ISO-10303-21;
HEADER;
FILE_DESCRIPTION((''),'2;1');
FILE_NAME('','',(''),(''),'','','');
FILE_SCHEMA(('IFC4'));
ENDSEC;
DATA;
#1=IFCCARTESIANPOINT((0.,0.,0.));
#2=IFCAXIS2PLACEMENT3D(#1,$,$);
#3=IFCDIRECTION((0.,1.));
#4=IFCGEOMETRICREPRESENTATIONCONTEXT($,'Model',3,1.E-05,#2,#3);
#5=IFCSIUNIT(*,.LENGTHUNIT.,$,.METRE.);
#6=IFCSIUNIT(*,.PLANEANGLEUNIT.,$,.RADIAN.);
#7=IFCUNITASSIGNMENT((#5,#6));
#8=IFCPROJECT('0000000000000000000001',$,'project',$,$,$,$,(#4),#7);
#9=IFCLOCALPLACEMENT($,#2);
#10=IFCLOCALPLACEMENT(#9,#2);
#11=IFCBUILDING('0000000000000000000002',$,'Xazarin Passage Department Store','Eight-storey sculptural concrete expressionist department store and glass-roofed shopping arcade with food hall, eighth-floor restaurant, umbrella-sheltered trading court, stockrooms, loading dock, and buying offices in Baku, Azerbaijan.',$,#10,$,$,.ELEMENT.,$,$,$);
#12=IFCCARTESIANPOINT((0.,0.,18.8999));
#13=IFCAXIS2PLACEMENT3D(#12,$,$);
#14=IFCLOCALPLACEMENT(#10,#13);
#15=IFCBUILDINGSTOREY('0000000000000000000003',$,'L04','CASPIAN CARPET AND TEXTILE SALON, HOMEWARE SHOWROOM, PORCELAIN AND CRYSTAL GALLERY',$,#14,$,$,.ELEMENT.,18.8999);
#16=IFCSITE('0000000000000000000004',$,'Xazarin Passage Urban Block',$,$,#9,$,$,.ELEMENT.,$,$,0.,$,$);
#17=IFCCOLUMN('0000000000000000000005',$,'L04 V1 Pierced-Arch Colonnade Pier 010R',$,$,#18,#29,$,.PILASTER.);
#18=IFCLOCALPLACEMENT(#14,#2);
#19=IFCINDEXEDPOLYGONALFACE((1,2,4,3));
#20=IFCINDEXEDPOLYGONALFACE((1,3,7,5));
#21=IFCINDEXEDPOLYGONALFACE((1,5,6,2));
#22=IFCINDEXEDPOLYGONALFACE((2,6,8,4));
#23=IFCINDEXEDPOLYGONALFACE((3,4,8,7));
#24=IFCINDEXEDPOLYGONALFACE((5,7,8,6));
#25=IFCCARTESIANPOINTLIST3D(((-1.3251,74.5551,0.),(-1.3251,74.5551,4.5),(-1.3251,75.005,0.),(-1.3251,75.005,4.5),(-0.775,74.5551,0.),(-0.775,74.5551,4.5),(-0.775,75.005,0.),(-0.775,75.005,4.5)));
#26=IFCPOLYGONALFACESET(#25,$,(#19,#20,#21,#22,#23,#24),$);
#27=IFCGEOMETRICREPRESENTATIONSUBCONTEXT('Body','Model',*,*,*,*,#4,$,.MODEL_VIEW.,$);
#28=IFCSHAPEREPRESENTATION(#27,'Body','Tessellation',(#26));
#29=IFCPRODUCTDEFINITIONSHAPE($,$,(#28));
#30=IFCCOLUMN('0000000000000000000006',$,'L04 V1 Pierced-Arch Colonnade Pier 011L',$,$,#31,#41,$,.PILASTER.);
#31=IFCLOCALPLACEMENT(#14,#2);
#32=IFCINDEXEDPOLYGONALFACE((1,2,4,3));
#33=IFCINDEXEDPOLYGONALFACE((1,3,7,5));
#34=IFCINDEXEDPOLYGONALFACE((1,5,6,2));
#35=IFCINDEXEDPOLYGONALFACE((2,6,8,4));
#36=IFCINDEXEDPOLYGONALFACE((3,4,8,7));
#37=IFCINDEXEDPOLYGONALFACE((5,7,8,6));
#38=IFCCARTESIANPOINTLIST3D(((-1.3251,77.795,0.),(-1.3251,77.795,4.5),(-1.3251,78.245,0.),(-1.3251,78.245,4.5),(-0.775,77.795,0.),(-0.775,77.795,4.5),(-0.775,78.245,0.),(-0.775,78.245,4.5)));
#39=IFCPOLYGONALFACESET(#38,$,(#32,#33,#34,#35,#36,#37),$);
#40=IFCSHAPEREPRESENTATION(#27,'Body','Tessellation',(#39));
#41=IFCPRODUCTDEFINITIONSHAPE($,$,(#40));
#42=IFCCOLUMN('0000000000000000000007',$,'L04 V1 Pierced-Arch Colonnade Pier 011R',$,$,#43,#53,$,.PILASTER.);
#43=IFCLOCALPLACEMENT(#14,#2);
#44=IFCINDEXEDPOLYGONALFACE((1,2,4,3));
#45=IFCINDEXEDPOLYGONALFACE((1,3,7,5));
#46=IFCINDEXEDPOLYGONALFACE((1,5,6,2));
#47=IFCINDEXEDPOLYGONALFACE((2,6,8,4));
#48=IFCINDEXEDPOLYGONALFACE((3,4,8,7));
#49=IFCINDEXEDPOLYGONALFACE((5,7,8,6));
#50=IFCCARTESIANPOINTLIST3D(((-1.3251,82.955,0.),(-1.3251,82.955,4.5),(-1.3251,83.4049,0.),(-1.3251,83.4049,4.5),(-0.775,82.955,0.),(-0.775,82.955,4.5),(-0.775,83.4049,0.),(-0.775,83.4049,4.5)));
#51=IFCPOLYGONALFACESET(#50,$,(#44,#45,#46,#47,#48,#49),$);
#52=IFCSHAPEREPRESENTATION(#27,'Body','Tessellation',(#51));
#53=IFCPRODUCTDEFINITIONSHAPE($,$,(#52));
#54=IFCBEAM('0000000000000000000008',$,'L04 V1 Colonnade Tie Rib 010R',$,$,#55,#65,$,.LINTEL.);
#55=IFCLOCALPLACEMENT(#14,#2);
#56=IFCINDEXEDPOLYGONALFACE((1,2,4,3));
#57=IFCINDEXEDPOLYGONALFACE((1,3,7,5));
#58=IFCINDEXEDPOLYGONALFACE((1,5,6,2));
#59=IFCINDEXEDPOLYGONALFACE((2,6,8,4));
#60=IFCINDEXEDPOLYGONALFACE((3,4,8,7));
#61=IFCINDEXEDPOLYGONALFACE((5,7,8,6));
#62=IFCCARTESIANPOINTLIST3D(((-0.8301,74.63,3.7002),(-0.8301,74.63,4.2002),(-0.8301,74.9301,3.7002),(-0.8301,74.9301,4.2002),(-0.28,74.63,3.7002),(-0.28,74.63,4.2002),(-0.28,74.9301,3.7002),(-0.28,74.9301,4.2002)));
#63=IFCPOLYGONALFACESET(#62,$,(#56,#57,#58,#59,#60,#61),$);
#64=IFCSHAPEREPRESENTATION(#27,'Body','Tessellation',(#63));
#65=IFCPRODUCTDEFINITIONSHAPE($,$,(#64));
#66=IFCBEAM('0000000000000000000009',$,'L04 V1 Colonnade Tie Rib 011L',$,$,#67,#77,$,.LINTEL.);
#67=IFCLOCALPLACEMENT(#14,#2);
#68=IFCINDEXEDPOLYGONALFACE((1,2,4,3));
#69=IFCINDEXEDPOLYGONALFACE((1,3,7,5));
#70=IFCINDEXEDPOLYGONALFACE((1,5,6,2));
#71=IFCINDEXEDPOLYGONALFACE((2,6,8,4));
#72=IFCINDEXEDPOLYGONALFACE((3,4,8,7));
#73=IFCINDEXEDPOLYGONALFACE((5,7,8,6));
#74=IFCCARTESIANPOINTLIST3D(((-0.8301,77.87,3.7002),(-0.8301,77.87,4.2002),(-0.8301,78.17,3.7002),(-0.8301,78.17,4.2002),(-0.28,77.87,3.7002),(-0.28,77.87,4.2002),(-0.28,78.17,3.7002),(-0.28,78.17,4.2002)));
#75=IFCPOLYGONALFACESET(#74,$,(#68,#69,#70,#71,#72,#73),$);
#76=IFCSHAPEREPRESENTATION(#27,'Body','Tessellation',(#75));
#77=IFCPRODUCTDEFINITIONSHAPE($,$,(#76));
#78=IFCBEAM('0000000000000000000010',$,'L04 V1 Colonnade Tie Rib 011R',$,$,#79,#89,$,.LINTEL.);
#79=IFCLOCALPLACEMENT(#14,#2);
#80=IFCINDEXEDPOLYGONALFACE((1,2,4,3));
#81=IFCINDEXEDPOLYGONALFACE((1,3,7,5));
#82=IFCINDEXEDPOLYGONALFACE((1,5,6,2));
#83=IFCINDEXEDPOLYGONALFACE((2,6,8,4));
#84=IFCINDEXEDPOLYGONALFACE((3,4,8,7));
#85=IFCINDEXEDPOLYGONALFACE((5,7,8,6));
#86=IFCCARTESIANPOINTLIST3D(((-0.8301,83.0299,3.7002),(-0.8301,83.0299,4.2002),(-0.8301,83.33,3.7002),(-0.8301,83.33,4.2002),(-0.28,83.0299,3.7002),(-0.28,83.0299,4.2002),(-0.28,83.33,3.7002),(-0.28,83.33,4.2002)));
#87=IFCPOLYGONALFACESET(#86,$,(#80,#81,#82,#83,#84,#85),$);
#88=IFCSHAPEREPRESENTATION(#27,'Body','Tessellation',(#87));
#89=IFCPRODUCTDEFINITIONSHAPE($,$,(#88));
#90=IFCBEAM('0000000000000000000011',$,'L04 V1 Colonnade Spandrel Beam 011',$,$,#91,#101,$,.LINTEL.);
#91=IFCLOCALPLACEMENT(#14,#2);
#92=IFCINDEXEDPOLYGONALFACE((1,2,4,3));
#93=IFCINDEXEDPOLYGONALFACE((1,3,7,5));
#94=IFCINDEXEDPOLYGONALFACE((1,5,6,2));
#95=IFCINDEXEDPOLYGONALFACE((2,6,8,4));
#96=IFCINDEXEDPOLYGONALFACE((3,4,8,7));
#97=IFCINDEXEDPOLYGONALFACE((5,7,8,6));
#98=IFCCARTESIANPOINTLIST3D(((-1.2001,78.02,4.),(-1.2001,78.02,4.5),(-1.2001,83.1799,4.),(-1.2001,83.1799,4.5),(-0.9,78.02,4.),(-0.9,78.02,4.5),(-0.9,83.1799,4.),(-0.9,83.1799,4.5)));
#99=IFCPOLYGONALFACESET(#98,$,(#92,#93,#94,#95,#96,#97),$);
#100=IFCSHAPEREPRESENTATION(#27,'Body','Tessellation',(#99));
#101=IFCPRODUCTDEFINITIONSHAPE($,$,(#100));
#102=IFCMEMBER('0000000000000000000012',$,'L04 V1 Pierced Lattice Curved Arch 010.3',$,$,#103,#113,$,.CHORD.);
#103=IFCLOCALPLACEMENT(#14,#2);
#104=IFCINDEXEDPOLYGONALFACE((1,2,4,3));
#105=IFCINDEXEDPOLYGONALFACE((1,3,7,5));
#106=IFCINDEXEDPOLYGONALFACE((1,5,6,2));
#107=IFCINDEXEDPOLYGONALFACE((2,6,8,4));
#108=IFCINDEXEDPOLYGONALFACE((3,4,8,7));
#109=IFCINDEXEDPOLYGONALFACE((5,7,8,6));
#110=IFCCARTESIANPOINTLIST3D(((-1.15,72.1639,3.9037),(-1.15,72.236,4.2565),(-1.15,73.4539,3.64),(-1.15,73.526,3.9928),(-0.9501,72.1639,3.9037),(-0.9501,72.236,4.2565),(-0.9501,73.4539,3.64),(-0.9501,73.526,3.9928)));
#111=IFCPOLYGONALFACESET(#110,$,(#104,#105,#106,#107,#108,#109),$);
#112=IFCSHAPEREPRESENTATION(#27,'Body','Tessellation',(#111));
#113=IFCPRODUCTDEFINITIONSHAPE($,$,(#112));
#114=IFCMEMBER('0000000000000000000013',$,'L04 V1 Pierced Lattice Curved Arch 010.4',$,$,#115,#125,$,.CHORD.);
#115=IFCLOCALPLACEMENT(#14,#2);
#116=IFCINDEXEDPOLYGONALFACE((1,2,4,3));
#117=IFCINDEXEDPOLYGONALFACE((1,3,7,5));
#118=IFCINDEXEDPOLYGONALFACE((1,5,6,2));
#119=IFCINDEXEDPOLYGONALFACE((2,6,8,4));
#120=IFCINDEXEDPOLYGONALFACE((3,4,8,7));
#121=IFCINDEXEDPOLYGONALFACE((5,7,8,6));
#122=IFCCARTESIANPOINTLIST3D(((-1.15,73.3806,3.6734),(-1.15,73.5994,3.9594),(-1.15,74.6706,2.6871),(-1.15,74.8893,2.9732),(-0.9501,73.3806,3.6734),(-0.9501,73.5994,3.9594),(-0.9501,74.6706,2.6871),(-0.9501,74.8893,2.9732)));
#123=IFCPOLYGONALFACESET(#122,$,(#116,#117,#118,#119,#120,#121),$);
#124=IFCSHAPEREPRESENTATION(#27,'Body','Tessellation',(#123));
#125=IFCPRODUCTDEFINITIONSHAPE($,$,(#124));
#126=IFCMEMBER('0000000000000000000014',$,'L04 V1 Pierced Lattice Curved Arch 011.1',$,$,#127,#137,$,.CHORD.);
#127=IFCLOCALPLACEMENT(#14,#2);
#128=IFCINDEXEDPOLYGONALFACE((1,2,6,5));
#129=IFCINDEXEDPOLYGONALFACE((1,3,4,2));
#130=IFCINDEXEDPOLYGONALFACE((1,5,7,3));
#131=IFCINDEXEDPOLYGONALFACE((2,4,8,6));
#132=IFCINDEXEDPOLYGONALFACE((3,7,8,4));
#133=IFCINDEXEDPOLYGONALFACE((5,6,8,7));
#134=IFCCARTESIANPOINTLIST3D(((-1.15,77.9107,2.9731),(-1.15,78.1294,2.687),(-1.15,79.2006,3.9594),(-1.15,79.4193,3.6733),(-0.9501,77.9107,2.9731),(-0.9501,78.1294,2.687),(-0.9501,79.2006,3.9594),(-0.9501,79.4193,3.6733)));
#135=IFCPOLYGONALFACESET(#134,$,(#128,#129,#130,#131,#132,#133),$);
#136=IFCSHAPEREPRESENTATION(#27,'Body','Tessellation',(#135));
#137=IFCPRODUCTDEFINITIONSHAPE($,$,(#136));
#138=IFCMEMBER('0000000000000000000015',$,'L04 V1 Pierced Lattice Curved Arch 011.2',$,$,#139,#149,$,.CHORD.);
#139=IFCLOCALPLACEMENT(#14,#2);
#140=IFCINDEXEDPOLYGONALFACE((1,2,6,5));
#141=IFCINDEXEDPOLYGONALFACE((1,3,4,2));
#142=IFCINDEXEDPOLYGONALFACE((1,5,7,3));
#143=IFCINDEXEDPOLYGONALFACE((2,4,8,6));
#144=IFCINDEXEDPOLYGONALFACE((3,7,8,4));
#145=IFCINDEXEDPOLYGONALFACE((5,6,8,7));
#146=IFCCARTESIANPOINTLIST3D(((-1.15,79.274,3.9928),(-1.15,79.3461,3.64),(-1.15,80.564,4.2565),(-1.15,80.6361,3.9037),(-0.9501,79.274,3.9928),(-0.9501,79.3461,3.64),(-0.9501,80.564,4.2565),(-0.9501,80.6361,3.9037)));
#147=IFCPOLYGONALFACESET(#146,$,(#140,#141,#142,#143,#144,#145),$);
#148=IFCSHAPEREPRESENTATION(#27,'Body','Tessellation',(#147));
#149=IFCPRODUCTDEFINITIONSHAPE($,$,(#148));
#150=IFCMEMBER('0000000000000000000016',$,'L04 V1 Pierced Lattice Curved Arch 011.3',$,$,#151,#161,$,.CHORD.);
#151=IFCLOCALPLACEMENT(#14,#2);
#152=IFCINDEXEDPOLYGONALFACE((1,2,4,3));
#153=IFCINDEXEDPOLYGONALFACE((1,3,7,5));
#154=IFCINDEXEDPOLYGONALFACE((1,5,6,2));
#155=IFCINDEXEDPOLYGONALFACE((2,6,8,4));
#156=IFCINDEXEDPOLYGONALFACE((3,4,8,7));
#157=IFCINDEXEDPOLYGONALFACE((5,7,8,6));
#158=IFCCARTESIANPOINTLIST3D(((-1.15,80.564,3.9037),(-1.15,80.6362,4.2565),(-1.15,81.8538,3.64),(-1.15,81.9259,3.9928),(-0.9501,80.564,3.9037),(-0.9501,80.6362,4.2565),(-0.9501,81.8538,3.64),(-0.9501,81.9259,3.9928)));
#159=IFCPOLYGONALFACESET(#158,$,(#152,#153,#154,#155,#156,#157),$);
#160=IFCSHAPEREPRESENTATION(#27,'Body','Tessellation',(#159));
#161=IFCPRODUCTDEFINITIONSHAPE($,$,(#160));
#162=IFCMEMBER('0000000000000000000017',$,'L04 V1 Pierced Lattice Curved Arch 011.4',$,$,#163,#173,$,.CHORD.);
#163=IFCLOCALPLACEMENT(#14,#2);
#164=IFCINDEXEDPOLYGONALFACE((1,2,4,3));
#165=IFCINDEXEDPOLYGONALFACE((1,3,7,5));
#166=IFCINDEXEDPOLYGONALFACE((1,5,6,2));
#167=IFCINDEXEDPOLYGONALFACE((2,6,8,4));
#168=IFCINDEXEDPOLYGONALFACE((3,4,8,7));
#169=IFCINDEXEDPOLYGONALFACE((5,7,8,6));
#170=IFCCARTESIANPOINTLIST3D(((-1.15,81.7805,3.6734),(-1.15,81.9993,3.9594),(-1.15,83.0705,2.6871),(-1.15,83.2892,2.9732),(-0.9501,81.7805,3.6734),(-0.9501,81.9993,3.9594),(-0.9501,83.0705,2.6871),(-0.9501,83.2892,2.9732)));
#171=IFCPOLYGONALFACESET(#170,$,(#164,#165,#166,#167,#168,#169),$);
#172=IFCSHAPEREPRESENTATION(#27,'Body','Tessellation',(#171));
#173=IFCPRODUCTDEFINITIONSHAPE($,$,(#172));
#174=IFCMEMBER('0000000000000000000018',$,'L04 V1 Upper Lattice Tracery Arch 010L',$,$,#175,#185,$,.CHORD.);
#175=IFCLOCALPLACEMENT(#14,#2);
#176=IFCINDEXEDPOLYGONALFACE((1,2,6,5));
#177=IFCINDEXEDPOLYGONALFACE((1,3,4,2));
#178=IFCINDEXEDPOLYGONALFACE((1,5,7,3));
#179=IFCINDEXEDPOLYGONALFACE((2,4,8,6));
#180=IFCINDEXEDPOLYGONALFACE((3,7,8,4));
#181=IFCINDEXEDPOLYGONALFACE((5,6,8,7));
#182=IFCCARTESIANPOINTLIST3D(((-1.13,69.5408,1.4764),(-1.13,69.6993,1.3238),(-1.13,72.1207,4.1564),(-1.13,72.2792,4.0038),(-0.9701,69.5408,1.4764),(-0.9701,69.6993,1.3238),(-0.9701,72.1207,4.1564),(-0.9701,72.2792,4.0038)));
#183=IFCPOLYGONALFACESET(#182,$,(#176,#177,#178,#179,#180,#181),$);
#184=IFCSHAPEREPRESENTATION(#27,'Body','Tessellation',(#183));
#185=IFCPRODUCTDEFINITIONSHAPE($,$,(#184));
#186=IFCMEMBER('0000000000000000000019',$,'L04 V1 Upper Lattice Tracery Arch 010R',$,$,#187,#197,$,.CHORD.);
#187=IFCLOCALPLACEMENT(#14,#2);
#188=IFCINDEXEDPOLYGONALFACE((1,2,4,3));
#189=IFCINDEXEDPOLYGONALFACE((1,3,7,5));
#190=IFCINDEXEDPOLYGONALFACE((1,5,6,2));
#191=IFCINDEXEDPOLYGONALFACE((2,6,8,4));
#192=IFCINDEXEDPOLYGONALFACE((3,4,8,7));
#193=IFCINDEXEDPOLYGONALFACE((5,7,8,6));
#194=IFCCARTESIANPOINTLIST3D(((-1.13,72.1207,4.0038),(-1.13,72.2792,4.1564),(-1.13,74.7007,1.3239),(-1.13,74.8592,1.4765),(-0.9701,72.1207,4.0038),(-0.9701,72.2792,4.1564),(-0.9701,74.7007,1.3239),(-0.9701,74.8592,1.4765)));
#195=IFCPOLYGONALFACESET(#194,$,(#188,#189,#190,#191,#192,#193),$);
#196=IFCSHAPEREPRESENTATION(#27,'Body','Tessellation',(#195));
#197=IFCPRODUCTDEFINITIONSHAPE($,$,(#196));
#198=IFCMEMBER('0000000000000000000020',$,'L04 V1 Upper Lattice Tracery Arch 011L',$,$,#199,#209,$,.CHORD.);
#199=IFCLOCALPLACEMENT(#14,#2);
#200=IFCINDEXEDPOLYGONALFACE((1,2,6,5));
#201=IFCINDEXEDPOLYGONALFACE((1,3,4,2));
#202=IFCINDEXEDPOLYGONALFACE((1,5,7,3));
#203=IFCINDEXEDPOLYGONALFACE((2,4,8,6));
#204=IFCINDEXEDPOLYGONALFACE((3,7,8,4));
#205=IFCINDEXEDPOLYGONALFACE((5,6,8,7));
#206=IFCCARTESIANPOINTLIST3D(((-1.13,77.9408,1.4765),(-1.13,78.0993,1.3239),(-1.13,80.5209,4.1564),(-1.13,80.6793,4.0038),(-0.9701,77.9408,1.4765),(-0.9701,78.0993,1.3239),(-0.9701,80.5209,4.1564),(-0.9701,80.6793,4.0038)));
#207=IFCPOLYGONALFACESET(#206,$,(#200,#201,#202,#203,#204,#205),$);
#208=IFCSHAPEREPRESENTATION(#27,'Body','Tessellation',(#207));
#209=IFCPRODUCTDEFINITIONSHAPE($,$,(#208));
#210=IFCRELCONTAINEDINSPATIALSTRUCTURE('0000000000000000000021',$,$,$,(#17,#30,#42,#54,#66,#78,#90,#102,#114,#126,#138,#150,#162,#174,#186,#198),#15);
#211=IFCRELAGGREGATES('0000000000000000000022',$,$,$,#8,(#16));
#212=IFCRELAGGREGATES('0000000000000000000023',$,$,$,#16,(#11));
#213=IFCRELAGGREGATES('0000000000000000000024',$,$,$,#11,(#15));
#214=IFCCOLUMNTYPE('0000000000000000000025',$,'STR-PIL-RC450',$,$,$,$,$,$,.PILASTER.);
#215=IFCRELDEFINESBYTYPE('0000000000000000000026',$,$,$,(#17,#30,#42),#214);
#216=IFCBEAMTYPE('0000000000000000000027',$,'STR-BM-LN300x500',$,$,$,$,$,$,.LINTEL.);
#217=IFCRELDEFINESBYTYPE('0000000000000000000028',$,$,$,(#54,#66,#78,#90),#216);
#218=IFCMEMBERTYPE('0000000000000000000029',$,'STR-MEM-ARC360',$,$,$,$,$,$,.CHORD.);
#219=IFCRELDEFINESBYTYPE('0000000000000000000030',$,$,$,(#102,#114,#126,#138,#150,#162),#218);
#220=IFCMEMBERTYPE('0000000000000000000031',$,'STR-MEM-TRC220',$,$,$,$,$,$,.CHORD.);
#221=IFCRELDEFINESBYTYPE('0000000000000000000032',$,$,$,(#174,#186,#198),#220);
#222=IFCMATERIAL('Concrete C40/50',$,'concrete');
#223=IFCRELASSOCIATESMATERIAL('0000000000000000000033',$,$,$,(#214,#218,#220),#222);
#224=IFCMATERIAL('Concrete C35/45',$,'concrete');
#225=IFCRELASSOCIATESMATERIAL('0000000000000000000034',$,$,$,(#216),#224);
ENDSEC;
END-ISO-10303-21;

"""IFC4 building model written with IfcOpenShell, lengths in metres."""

from ifc_helpers import new_model, si_unit, direction, frame, origin, origin_2d, place, context, subcontext, project, spatial, rectangle, extrude, material, material_profile, profile_set, type_object, element, save


model = new_model("IFC4")

# Units and contexts
model_context = context("Model", 3, precision=1e-05, world=origin(), true_north=direction((0.0, 1.0)))
body_context = subcontext(model_context, "Body", "Model", "MODEL_VIEW")
ifc_project = project(units=[si_unit("LENGTHUNIT", "METRE"), si_unit("PLANEANGLEUNIT", "RADIAN")], contexts=[model_context])

# Site, building, storey
site_placement = place(None, origin())
site = spatial("IfcSite", under=ifc_project, at=site_placement, Name="Xazarin Passage Urban Block", CompositionType="ELEMENT", RefElevation=0.0)
building_placement = place(site_placement, origin())
building = spatial("IfcBuilding", under=site, at=building_placement, Name="Xazarin Passage Department Store", Description="Eight-storey sculptural concrete expressionist department store and glass-roofed shopping arcade with food hall, eighth-floor restaurant, umbrella-sheltered trading court, stockrooms, loading dock, and buying offices in Baku, Azerbaijan.", CompositionType="ELEMENT")
storey_placement = place(building_placement, frame((0.0, 0.0, 18.8999)))
storey = spatial("IfcBuildingStorey", under=building, at=storey_placement, Name="L04", Description="CASPIAN CARPET AND TEXTILE SALON, HOMEWARE SHOWROOM, PORCELAIN AND CRYSTAL GALLERY", CompositionType="ELEMENT", Elevation=18.8999)

# Columns
ifc_material_1 = material(Name="Concrete C40/50", Category="concrete")
ifc_material_profile_1 = material_profile(ifc_material_1, rectangle(XDim=0.45, YDim=0.55, at=origin_2d()), Name="RC 450x550")
ifc_profile_set_1 = profile_set([ifc_material_profile_1], Name="Concrete C40/50")
column_type = type_object("IfcColumnType", Name="STR-PIL-RC450", PredefinedType="PILASTER", material=ifc_profile_set_1)
for number, where, z_axis, x_axis, name in (
    (1, (-1.05, 74.78, 0.0), (0.0, 0.0, 1.0), (0.0, 1.0, 0.0), "L04 V1 Pierced-Arch Colonnade Pier 010R"),
    (2, (-1.05, 78.02, 0.0), (0.0, 0.0, 1.0), (0.0, 1.0, 0.0), "L04 V1 Pierced-Arch Colonnade Pier 011L"),
    (3, (-1.05, 83.1799, 0.0), (0.0, 0.0, 1.0), (0.0, 1.0, 0.0), "L04 V1 Pierced-Arch Colonnade Pier 011R"),
):
    element("IfcColumn", number, at=place(storey_placement, frame(where, z_axis=z_axis, x_axis=x_axis)), inside=storey, type_object=column_type, Name=name, PredefinedType="PILASTER", context=body_context, shape_type="SweptSolid", body=[
        extrude(rectangle(XDim=0.45, YDim=0.55, at=origin_2d()), origin(), (0.0, 0.0, 1.0), 4.5),
    ])

# Beams
ifc_material_2 = material(Name="Concrete C35/45", Category="concrete")
ifc_material_profile_2 = material_profile(ifc_material_2, rectangle(XDim=0.3, YDim=0.5, at=origin_2d()), Name="RC 300x500")
ifc_profile_set_2 = profile_set([ifc_material_profile_2], Name="Concrete C35/45")
beam_type = type_object("IfcBeamType", Name="STR-BM-LN300x500", PredefinedType="LINTEL", material=ifc_profile_set_2)
for number, where, z_axis, x_axis, name in (
    (4, (-0.28, 74.78, 3.9502), (-1.0, 0.0, 0.0), (0.0, -1.0, 0.0), "L04 V1 Colonnade Tie Rib 010R"),
    (5, (-0.28, 78.02, 3.9502), (-1.0, 0.0, 0.0), (0.0, -1.0, 0.0), "L04 V1 Colonnade Tie Rib 011L"),
    (6, (-0.28, 83.1799, 3.9502), (-1.0, 0.0, 0.0), (0.0, -1.0, 0.0), "L04 V1 Colonnade Tie Rib 011R"),
):
    element("IfcBeam", number, at=place(storey_placement, frame(where, z_axis=z_axis, x_axis=x_axis)), inside=storey, type_object=beam_type, Name=name, PredefinedType="LINTEL", context=body_context, shape_type="SweptSolid", body=[
        extrude(rectangle(XDim=0.3, YDim=0.5, at=origin_2d()), origin(), (0.0, 0.0, 1.0), 0.55),
    ])
beam_placement = place(storey_placement, frame((-1.05, 78.02, 4.25), z_axis=(0.0, 1.0, 0.0), x_axis=(-1.0, 0.0, 0.0)))
element("IfcBeam", 7, at=beam_placement, inside=storey, type_object=beam_type, Name="L04 V1 Colonnade Spandrel Beam 011", PredefinedType="LINTEL", context=body_context, shape_type="SweptSolid", body=[
    extrude(rectangle(XDim=0.3, YDim=0.5, at=origin_2d()), origin(), (0.0, 0.0, 1.0), 5.1599),
])

# Members
ifc_material_profile_3 = material_profile(ifc_material_1, rectangle(XDim=0.2, YDim=0.3601, at=origin_2d()), Name="RC 200x360")
ifc_profile_set_3 = profile_set([ifc_material_profile_3], Name="Concrete C40/50")
member_type_1 = type_object("IfcMemberType", Name="STR-MEM-ARC360", PredefinedType="CHORD", material=ifc_profile_set_3)
member_1_placement = place(storey_placement, frame((-1.05, 72.2, 4.0801), z_axis=(0.0, 0.979745, -0.200251), x_axis=(-1.0, 0.0, 0.0)))
element("IfcMember", 8, at=member_1_placement, inside=storey, type_object=member_type_1, Name="L04 V1 Pierced Lattice Curved Arch 010.3", PredefinedType="CHORD", context=body_context, shape_type="SweptSolid", body=[
    extrude(rectangle(XDim=0.2, YDim=0.3601, at=origin_2d()), origin(), (0.0, 0.0, 1.0), 1.3167),
])
for number, where, z_axis, x_axis, name in (
    (9, (-1.05, 73.49, 3.8164), (0.0, 0.794409, -0.607383), (-1.0, 0.0, 0.0), "L04 V1 Pierced Lattice Curved Arch 010.4"),
    (10, (-1.05, 78.02, 2.8301), (0.0, 0.794409, 0.607383), (-1.0, 0.0, 0.0), "L04 V1 Pierced Lattice Curved Arch 011.1"),
):
    element("IfcMember", number, at=place(storey_placement, frame(where, z_axis=z_axis, x_axis=x_axis)), inside=storey, type_object=member_type_1, Name=name, PredefinedType="CHORD", context=body_context, shape_type="SweptSolid", body=[
        extrude(rectangle(XDim=0.2, YDim=0.3601, at=origin_2d()), origin(), (0.0, 0.0, 1.0), 1.6238),
    ])
member_2_placement = place(storey_placement, frame((-1.05, 79.3101, 3.8164), z_axis=(0.0, 0.979745, 0.200251), x_axis=(-1.0, 0.0, 0.0)))
element("IfcMember", 11, at=member_2_placement, inside=storey, type_object=member_type_1, Name="L04 V1 Pierced Lattice Curved Arch 011.2", PredefinedType="CHORD", context=body_context, shape_type="SweptSolid", body=[
    extrude(rectangle(XDim=0.2, YDim=0.3601, at=origin_2d()), origin(), (0.0, 0.0, 1.0), 1.3167),
])
member_3_placement = place(storey_placement, frame((-1.05, 80.6001, 4.0801), z_axis=(0.0, 0.979737, -0.200287), x_axis=(-1.0, 0.0, 0.0)))
element("IfcMember", 12, at=member_3_placement, inside=storey, type_object=member_type_1, Name="L04 V1 Pierced Lattice Curved Arch 011.3", PredefinedType="CHORD", context=body_context, shape_type="SweptSolid", body=[
    extrude(rectangle(XDim=0.2, YDim=0.3601, at=origin_2d()), origin(), (0.0, 0.0, 1.0), 1.3164),
])
member_4_placement = place(storey_placement, frame((-1.05, 81.8899, 3.8164), z_axis=(0.0, 0.794409, -0.607383), x_axis=(-1.0, 0.0, 0.0)))
element("IfcMember", 13, at=member_4_placement, inside=storey, type_object=member_type_1, Name="L04 V1 Pierced Lattice Curved Arch 011.4", PredefinedType="CHORD", context=body_context, shape_type="SweptSolid", body=[
    extrude(rectangle(XDim=0.2, YDim=0.3601, at=origin_2d()), origin(), (0.0, 0.0, 1.0), 1.6238),
])
ifc_material_profile_4 = material_profile(ifc_material_1, rectangle(XDim=0.1599, YDim=0.22, at=origin_2d()), Name="RC 160x220")
ifc_profile_set_4 = profile_set([ifc_material_profile_4], Name="Concrete C40/50")
member_type_2 = type_object("IfcMemberType", Name="STR-MEM-TRC220", PredefinedType="CHORD", material=ifc_profile_set_4)
for number, where, z_axis, x_axis, name in (
    (14, (-1.05, 72.2, 4.0801), (0.0, -0.693524, -0.720433), (1.0, 0.0, 0.0), "L04 V1 Upper Lattice Tracery Arch 010L"),
    (15, (-1.05, 72.2, 4.0801), (0.0, 0.693558, -0.7204), (-1.0, 0.0, 0.0), "L04 V1 Upper Lattice Tracery Arch 010R"),
    (16, (-1.05, 80.6001, 4.0801), (0.0, -0.693558, -0.7204), (1.0, 0.0, 0.0), "L04 V1 Upper Lattice Tracery Arch 011L"),
):
    element("IfcMember", number, at=place(storey_placement, frame(where, z_axis=z_axis, x_axis=x_axis)), inside=storey, type_object=member_type_2, Name=name, PredefinedType="CHORD", context=body_context, shape_type="SweptSolid", body=[
        extrude(rectangle(XDim=0.1599, YDim=0.22, at=origin_2d()), origin(), (0.0, 0.0, 1.0), 3.72),
    ])

save(model, "model.ifc")
